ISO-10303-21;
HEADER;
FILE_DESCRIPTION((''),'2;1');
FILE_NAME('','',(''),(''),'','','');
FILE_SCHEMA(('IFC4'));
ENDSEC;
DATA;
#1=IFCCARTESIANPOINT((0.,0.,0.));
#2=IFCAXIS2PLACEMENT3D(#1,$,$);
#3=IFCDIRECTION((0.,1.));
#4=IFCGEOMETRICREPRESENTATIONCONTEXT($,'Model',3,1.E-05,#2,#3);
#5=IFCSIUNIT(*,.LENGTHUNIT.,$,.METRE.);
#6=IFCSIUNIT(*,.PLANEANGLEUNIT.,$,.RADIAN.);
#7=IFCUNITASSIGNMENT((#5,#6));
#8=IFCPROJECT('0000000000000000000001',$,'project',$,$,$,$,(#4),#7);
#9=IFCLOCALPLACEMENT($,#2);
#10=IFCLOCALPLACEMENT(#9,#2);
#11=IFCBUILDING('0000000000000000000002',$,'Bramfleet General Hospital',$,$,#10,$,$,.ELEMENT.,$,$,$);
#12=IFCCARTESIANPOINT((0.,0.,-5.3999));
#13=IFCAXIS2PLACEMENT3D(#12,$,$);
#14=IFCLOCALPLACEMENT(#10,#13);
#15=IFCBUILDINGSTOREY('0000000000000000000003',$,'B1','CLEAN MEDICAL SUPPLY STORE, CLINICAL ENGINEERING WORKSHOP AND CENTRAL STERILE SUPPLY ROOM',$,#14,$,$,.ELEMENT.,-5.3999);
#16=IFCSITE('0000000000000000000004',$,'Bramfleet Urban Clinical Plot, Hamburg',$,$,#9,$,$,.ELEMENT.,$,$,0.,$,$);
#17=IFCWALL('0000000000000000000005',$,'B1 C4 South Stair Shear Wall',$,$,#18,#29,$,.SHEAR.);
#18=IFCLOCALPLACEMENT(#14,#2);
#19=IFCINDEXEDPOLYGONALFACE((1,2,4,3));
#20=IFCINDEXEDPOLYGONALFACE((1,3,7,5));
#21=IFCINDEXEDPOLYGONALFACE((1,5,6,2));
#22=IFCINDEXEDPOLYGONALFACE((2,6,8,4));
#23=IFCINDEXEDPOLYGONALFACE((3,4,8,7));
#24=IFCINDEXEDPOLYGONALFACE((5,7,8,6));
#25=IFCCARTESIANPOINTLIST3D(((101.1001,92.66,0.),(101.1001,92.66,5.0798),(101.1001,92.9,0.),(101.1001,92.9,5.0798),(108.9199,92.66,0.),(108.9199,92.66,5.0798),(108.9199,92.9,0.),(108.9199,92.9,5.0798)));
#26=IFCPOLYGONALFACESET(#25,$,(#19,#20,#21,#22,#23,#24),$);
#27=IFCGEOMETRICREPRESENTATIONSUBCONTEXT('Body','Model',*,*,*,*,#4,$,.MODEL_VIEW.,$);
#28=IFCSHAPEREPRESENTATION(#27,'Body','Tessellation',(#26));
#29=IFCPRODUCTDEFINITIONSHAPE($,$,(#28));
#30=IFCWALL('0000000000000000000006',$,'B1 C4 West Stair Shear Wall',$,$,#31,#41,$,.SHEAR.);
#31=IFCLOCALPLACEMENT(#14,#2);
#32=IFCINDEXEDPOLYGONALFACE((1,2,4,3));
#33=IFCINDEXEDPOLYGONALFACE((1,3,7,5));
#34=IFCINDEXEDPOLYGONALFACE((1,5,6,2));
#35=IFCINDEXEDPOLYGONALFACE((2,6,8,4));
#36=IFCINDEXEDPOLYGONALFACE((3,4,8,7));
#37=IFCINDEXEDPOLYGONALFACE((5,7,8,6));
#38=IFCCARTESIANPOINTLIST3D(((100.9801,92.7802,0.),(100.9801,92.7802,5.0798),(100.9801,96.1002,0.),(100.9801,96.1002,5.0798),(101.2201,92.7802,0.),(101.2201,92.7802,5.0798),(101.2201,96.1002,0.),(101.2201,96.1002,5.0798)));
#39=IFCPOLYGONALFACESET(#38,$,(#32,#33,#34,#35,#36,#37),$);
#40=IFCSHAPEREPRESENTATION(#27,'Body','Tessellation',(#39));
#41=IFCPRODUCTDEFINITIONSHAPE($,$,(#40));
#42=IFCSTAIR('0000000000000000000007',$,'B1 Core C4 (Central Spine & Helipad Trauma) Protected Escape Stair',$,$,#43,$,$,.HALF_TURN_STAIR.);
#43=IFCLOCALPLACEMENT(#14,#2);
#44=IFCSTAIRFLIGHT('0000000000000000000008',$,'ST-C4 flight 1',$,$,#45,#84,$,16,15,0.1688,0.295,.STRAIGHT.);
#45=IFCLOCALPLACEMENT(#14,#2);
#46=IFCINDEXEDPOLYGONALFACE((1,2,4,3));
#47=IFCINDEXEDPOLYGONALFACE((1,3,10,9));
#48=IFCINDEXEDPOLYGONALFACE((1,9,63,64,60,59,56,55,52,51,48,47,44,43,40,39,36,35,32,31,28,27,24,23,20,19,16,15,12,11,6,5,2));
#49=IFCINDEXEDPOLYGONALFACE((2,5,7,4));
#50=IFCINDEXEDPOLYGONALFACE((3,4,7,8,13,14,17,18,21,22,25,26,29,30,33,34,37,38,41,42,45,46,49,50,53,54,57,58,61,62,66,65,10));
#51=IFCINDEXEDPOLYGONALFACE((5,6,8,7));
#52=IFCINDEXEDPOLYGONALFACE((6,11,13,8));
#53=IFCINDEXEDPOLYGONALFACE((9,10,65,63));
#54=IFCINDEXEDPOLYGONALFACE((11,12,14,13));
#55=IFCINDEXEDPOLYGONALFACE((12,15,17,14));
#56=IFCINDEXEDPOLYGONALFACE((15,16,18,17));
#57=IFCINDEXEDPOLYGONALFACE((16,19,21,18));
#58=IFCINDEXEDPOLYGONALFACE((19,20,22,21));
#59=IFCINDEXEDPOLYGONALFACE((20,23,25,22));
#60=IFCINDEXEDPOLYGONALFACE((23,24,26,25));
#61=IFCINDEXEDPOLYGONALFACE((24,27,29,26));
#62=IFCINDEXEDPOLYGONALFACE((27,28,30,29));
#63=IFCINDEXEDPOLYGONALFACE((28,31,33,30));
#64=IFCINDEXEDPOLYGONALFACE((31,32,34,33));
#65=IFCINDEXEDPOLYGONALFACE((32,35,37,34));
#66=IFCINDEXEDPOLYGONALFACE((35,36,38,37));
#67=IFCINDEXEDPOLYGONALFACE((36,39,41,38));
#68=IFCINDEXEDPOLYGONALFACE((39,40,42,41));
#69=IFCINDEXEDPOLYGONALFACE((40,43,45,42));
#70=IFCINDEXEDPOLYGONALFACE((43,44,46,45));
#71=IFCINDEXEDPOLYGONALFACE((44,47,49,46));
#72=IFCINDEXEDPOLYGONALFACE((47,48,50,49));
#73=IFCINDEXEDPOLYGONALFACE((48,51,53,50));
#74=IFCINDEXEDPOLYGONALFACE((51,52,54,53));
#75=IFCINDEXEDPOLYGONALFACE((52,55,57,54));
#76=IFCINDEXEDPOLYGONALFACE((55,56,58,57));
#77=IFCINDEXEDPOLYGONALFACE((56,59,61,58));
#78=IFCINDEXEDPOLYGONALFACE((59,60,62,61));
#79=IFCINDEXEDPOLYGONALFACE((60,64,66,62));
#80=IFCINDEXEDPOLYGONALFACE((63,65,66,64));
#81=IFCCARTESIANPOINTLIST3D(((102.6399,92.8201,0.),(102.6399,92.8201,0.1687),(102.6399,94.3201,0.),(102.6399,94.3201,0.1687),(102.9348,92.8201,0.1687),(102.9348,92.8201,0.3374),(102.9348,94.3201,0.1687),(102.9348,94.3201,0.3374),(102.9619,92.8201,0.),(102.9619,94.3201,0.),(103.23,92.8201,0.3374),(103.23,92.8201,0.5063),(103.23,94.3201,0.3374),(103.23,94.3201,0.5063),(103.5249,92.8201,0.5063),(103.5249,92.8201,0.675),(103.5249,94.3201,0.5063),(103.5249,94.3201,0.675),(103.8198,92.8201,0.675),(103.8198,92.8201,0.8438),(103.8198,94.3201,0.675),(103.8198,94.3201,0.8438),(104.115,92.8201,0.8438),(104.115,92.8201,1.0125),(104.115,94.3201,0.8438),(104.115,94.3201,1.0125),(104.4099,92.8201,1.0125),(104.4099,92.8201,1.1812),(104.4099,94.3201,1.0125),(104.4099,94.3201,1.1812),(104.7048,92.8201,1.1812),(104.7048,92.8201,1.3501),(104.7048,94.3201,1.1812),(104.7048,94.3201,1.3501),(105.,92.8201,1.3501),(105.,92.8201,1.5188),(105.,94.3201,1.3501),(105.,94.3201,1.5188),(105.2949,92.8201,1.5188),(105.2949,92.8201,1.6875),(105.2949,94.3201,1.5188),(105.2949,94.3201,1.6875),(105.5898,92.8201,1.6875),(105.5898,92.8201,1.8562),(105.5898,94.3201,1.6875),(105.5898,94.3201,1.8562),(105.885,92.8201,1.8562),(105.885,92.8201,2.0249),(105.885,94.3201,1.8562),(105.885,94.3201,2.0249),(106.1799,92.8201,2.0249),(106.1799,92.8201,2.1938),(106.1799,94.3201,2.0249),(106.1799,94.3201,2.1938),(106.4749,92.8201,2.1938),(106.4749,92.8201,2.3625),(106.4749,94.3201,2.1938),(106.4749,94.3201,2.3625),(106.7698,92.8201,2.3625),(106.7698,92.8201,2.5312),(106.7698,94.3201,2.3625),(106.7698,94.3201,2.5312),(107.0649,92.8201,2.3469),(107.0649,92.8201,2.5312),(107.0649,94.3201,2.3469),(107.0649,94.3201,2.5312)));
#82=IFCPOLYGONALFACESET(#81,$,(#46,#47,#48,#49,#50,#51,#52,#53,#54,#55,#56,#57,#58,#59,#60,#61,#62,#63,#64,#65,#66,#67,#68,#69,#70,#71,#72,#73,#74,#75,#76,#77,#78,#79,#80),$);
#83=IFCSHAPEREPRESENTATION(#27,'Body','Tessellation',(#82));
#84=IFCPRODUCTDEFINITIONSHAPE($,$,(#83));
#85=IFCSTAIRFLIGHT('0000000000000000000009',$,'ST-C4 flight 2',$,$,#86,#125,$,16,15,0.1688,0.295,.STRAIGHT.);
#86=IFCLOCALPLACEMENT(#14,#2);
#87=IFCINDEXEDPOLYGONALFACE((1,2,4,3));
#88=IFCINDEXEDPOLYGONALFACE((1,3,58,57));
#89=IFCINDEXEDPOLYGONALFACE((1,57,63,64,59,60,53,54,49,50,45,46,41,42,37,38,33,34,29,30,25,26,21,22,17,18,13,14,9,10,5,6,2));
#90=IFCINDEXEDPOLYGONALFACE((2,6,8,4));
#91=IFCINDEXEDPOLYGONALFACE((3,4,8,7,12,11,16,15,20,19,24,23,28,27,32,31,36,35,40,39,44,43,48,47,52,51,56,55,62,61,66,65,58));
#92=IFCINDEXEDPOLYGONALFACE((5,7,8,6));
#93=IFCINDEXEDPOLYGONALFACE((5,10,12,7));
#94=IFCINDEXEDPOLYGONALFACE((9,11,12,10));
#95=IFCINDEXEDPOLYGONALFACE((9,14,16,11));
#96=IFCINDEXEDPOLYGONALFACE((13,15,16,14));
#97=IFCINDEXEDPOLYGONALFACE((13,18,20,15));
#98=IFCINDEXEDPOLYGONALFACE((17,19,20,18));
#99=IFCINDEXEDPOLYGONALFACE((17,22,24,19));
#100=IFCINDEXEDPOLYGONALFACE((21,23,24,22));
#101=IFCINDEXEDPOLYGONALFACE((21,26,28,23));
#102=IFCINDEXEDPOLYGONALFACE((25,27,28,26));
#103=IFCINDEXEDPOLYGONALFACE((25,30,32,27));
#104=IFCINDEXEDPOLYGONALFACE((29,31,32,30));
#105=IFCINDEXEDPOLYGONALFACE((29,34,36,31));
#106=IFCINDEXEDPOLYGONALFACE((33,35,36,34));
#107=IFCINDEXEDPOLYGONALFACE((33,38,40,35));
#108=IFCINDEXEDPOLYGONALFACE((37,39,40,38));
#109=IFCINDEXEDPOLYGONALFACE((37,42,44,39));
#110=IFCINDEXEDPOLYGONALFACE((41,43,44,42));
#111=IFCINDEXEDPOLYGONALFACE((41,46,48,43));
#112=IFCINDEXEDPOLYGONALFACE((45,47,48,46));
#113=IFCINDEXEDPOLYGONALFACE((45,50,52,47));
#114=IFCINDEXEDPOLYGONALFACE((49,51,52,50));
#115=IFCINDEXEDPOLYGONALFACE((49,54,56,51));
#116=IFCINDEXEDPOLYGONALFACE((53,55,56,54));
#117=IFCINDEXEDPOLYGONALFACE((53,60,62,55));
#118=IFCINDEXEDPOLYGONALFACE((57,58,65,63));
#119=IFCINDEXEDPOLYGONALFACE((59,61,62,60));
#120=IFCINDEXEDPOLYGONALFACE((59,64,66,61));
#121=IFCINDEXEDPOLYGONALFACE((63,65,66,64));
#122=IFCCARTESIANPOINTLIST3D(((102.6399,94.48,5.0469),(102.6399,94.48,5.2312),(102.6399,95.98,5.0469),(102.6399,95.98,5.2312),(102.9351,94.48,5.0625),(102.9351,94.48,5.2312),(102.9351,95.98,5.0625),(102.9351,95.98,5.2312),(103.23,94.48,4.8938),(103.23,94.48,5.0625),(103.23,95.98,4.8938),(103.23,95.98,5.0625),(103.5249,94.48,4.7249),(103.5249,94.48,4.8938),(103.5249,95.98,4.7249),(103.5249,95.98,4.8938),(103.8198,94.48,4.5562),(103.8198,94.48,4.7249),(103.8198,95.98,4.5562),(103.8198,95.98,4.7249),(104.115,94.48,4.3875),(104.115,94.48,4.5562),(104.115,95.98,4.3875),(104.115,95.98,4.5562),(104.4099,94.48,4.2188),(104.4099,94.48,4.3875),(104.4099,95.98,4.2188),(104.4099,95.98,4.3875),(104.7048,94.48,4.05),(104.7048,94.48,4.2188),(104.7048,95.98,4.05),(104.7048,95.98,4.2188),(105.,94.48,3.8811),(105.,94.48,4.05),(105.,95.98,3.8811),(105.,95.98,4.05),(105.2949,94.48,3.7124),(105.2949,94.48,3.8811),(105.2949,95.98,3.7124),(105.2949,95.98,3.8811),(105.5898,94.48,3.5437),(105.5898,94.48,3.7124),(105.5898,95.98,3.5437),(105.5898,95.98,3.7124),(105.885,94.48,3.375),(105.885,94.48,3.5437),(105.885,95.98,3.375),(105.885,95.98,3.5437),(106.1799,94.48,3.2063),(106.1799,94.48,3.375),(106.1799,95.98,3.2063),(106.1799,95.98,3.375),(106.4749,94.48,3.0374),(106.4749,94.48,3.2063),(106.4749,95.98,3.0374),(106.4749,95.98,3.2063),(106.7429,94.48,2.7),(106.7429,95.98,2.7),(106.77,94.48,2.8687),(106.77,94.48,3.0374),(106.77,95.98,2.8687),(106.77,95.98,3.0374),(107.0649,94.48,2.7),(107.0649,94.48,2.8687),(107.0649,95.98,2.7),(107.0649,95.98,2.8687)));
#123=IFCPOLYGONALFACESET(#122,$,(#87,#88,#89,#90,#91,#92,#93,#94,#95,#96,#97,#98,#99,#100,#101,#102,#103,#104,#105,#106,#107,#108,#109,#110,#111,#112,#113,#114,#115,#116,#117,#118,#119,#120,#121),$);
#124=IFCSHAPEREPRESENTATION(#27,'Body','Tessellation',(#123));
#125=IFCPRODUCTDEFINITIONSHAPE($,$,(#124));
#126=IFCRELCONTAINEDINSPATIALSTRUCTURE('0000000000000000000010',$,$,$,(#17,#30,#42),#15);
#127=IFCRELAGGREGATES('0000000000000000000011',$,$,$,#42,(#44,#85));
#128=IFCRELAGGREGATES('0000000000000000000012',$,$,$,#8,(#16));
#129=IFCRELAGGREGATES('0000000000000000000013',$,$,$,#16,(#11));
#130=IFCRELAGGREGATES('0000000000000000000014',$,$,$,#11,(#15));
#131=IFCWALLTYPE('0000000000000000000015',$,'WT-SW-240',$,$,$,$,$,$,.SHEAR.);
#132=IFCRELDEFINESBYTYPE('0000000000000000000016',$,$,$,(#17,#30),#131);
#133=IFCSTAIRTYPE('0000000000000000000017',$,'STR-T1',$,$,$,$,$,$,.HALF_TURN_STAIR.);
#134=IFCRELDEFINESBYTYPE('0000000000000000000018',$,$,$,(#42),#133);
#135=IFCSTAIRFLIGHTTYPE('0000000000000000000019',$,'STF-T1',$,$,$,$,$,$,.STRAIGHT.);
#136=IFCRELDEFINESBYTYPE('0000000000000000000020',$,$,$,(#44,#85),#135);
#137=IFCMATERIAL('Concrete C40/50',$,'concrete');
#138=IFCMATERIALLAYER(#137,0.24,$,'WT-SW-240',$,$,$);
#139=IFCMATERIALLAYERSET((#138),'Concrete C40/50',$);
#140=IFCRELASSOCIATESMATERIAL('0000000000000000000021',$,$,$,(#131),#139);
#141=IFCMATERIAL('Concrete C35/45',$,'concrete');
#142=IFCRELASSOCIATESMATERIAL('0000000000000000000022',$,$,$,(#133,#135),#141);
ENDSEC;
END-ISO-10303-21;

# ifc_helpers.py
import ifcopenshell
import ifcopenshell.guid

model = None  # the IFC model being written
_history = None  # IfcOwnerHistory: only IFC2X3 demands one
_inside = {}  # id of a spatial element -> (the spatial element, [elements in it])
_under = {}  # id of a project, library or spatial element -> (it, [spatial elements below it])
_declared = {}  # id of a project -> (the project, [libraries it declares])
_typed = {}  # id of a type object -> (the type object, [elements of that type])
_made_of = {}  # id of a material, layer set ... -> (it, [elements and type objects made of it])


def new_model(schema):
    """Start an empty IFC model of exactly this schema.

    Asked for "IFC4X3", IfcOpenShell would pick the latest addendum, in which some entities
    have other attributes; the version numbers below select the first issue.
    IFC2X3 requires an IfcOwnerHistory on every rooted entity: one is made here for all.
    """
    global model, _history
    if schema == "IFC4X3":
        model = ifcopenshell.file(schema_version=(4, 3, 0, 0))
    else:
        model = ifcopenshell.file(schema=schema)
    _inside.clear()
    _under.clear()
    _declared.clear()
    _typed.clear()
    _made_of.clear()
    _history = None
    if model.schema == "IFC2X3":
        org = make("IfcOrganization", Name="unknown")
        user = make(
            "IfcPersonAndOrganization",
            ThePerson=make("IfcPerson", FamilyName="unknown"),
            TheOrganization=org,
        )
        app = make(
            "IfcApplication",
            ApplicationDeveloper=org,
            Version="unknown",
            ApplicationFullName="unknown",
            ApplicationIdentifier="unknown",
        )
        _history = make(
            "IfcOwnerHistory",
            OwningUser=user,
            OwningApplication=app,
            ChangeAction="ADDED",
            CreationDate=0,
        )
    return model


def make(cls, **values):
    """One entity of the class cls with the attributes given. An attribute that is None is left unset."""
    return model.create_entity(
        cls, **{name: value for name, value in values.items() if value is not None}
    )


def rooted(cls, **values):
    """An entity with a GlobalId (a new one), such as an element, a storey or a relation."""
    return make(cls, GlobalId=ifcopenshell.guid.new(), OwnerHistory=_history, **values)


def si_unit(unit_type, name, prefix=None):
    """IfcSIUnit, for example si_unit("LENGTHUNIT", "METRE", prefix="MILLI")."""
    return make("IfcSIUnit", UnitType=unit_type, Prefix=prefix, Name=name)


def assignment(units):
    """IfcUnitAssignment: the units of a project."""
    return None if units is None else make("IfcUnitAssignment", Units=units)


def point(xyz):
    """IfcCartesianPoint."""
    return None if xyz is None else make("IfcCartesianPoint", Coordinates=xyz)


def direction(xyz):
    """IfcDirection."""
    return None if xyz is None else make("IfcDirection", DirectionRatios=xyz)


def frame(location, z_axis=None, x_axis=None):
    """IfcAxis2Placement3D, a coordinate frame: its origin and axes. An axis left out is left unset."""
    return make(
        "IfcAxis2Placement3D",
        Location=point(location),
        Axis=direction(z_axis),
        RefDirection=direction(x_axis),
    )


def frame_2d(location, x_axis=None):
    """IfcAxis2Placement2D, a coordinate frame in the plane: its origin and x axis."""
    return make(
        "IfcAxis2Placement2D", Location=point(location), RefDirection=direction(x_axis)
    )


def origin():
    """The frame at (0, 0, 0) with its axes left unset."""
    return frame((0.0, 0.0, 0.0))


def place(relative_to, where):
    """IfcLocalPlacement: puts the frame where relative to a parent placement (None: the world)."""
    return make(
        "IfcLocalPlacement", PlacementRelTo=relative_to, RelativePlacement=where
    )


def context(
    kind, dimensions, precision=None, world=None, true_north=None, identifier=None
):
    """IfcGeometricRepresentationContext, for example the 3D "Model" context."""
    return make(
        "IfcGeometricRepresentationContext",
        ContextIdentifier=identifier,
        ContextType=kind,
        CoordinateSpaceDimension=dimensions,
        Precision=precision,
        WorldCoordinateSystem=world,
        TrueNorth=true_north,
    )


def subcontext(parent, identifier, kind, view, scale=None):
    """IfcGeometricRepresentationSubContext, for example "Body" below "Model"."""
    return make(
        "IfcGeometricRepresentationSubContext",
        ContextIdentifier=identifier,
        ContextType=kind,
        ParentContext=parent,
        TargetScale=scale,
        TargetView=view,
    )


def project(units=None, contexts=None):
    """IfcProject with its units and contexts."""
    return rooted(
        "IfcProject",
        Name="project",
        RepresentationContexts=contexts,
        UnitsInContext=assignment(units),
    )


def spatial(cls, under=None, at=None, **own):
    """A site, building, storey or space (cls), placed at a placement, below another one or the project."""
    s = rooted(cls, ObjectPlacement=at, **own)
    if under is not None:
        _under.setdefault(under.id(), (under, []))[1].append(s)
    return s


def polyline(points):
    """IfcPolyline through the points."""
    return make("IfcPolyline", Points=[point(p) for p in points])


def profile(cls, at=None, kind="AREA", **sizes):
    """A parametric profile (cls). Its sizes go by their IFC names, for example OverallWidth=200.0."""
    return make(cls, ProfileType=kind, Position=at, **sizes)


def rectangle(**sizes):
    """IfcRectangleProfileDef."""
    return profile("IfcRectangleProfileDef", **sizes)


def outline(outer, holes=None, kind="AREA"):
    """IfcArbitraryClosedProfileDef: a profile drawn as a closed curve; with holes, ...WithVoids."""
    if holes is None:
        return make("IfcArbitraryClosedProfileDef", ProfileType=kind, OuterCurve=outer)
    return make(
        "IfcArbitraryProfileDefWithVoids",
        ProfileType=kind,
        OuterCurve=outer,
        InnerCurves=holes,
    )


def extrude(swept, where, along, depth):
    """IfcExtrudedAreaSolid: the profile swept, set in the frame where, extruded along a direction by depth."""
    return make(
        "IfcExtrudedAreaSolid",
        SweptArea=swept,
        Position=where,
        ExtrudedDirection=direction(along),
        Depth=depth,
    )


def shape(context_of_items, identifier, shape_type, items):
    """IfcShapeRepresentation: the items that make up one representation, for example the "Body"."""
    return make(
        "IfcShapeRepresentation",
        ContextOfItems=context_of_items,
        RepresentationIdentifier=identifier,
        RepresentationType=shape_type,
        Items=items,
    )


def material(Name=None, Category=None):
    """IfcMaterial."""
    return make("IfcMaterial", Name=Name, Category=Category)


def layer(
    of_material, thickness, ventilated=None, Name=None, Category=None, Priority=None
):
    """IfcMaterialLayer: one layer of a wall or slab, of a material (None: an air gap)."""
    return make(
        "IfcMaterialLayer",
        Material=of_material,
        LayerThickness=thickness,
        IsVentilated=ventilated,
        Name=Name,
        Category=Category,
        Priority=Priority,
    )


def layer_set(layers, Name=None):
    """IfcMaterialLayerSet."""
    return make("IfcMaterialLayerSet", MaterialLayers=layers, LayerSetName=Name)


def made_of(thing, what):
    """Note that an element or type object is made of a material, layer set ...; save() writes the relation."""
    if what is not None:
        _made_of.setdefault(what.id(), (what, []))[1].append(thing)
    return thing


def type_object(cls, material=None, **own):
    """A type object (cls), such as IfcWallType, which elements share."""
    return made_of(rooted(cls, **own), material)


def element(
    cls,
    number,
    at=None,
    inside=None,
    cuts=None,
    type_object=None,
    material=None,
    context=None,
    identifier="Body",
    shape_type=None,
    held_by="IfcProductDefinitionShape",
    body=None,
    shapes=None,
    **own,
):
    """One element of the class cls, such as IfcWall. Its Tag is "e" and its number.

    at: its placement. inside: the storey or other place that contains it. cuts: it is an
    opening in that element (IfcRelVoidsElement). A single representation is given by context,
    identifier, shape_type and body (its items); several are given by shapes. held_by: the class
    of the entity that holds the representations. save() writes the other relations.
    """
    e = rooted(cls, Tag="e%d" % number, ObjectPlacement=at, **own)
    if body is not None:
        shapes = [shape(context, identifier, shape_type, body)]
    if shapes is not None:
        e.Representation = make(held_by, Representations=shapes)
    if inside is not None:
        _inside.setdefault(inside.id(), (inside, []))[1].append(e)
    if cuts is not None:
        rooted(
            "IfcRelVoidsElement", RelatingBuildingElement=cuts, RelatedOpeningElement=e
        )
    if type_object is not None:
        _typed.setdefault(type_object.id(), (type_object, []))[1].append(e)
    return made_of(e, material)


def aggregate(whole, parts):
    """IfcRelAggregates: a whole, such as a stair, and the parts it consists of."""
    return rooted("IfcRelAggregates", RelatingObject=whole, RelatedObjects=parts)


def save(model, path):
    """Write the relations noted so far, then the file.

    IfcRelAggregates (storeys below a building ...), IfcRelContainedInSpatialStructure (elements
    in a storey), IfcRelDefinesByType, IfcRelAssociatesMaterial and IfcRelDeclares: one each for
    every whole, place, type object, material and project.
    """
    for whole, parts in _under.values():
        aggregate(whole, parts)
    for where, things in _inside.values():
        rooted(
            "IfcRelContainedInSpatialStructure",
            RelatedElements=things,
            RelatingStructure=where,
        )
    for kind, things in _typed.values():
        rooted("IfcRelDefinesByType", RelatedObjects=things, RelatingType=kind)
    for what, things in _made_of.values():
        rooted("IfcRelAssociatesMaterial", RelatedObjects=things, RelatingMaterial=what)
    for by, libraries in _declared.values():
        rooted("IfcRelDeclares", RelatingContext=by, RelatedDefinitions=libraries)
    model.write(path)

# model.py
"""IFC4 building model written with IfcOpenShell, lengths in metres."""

from ifc_helpers import new_model, si_unit, direction, frame, frame_2d, origin, place, context, subcontext, project, spatial, polyline, rectangle, outline, extrude, material, layer, layer_set, type_object, element, aggregate, save


model = new_model("IFC4")

# Units and contexts
model_context = context("Model", 3, precision=1e-05, world=origin(), true_north=direction((0.0, 1.0)))
body_context = subcontext(model_context, "Body", "Model", "MODEL_VIEW")
ifc_project = project(units=[si_unit("LENGTHUNIT", "METRE"), si_unit("PLANEANGLEUNIT", "RADIAN")], contexts=[model_context])

# Site, building, storey
site_placement = place(None, origin())
site = spatial("IfcSite", under=ifc_project, at=site_placement, Name="Bramfleet Urban Clinical Plot, Hamburg", CompositionType="ELEMENT", RefElevation=0.0)
building_placement = place(site_placement, origin())
building = spatial("IfcBuilding", under=site, at=building_placement, Name="Bramfleet General Hospital", CompositionType="ELEMENT")
storey_placement = place(building_placement, frame((0.0, 0.0, -5.3999)))
storey = spatial("IfcBuildingStorey", under=building, at=storey_placement, Name="B1", Description="CLEAN MEDICAL SUPPLY STORE, CLINICAL ENGINEERING WORKSHOP AND CENTRAL STERILE SUPPLY ROOM", CompositionType="ELEMENT", Elevation=-5.3999)

# Shared definitions
ifc_material_1 = material(Name="Concrete C35/45", Category="concrete")

# Shared definitions
ifc_material_2 = material(Name="Concrete C40/50", Category="concrete")

# Walls
ifc_layer = layer(ifc_material_2, 0.24, Name="WT-SW-240")
ifc_layer_set = layer_set([ifc_layer], Name="Concrete C40/50")
wall_type = type_object("IfcWallType", Name="WT-SW-240", PredefinedType="SHEAR", material=ifc_layer_set)
wall_1_placement = place(storey_placement, frame((101.1001, 92.78, 0.0), z_axis=(0.0, 0.0, 1.0), x_axis=(1.0, 0.0, 0.0)))
element("IfcWall", 1, at=wall_1_placement, inside=storey, type_object=wall_type, Name="B1 C4 South Stair Shear Wall", PredefinedType="SHEAR", context=body_context, shape_type="SweptSolid", body=[
    extrude(rectangle(XDim=7.8198, YDim=0.24, at=frame_2d((3.9099, 0.0))), origin(), (0.0, 0.0, 1.0), 5.0798),
])
wall_2_placement = place(storey_placement, frame((101.1001, 92.78, 0.0), z_axis=(0.0, 0.0, 1.0), x_axis=(0.0, 1.0, 0.0)))
element("IfcWall", 2, at=wall_2_placement, inside=storey, type_object=wall_type, Name="B1 C4 West Stair Shear Wall", PredefinedType="SHEAR", context=body_context, shape_type="SweptSolid", body=[
    extrude(rectangle(XDim=3.3201, YDim=0.24, at=frame_2d((1.6602, 0.0))), origin(), (0.0, 0.0, 1.0), 5.0798),
])

# Stair, stair flights
stair_type = type_object("IfcStairType", Name="STR-T1", PredefinedType="HALF_TURN_STAIR", material=ifc_material_1)
stair_placement = place(storey_placement, origin())
stair = element("IfcStair", 3, at=stair_placement, inside=storey, type_object=stair_type, Name="B1 Core C4 (Central Spine & Helipad Trauma) Protected Escape Stair", PredefinedType="HALF_TURN_STAIR")
stair_flight_type = type_object("IfcStairFlightType", Name="STF-T1", PredefinedType="STRAIGHT", material=ifc_material_1)
stair_flight_1_placement = place(storey_placement, frame((102.6399, 93.5701, 0.0), z_axis=(0.0, 0.0, 1.0), x_axis=(1.0, 0.0, 0.0)))
stair_flight_1 = element("IfcStairFlight", 4, at=stair_flight_1_placement, type_object=stair_flight_type, Name="ST-C4 flight 1", NumberOfRisers=16, NumberOfTreads=15, PredefinedType="STRAIGHT", RiserHeight=0.1688, TreadLength=0.295, context=body_context, shape_type="SweptSolid", body=[
    extrude(outline(polyline([(0.0, 0.0), (0.0, 0.1687), (0.2949, 0.1687), (0.2949, 0.3374), (0.5901, 0.3374), (0.5901, 0.5063), (0.885, 0.5063), (0.885, 0.675), (1.1799, 0.675), (1.1799, 0.8438), (1.4751, 0.8438), (1.4751, 1.0125), (1.77, 1.0125), (1.77, 1.1812), (2.0649, 1.1812), (2.0649, 1.3501), (2.3601, 1.3501), (2.3601, 1.5188), (2.655, 1.5188), (2.655, 1.6875), (2.95, 1.6875), (2.95, 1.8562), (3.2451, 1.8562), (3.2451, 2.0249), (3.54, 2.0249), (3.54, 2.1938), (3.835, 2.1938), (3.835, 2.3625), (4.1299, 2.3625), (4.1299, 2.5312), (4.425, 2.5312), (4.425, 2.7), (4.425, 2.3469), (0.322, 0.0), (0.0, 0.0)])), frame((0.0, 0.75, 0.0), z_axis=(0.0, -1.0, 0.0), x_axis=(1.0, 0.0, 0.0)), (0.0, 0.0, 1.0), 1.5),
])
stair_flight_2_placement = place(storey_placement, frame((107.0649, 95.23, 2.7), z_axis=(0.0, 0.0, 1.0), x_axis=(-1.0, 0.0, 0.0)))
stair_flight_2 = element("IfcStairFlight", 5, at=stair_flight_2_placement, type_object=stair_flight_type, Name="ST-C4 flight 2", NumberOfRisers=16, NumberOfTreads=15, PredefinedType="STRAIGHT", RiserHeight=0.1688, TreadLength=0.295, context=body_context, shape_type="SweptSolid", body=[
    extrude(outline(polyline([(0.0, 0.0), (0.0, 0.1687), (0.2949, 0.1687), (0.2949, 0.3374), (0.5901, 0.3374), (0.5901, 0.5063), (0.885, 0.5063), (0.885, 0.675), (1.1799, 0.675), (1.1799, 0.8438), (1.4751, 0.8438), (1.4751, 1.0125), (1.77, 1.0125), (1.77, 1.1812), (2.0649, 1.1812), (2.0649, 1.3501), (2.3601, 1.3501), (2.3601, 1.5188), (2.655, 1.5188), (2.655, 1.6875), (2.95, 1.6875), (2.95, 1.8562), (3.2451, 1.8562), (3.2451, 2.0249), (3.54, 2.0249), (3.54, 2.1938), (3.835, 2.1938), (3.835, 2.3625), (4.1299, 2.3625), (4.1299, 2.5312), (4.425, 2.5312), (4.425, 2.7), (4.425, 2.3469), (0.322, 0.0), (0.0, 0.0)])), frame((0.0, 0.75, 0.0), z_axis=(0.0, -1.0, 0.0), x_axis=(1.0, 0.0, 0.0)), (0.0, 0.0, 1.0), 1.5),
])
aggregate(stair, [stair_flight_1, stair_flight_2])

save(model, "model.ifc")
